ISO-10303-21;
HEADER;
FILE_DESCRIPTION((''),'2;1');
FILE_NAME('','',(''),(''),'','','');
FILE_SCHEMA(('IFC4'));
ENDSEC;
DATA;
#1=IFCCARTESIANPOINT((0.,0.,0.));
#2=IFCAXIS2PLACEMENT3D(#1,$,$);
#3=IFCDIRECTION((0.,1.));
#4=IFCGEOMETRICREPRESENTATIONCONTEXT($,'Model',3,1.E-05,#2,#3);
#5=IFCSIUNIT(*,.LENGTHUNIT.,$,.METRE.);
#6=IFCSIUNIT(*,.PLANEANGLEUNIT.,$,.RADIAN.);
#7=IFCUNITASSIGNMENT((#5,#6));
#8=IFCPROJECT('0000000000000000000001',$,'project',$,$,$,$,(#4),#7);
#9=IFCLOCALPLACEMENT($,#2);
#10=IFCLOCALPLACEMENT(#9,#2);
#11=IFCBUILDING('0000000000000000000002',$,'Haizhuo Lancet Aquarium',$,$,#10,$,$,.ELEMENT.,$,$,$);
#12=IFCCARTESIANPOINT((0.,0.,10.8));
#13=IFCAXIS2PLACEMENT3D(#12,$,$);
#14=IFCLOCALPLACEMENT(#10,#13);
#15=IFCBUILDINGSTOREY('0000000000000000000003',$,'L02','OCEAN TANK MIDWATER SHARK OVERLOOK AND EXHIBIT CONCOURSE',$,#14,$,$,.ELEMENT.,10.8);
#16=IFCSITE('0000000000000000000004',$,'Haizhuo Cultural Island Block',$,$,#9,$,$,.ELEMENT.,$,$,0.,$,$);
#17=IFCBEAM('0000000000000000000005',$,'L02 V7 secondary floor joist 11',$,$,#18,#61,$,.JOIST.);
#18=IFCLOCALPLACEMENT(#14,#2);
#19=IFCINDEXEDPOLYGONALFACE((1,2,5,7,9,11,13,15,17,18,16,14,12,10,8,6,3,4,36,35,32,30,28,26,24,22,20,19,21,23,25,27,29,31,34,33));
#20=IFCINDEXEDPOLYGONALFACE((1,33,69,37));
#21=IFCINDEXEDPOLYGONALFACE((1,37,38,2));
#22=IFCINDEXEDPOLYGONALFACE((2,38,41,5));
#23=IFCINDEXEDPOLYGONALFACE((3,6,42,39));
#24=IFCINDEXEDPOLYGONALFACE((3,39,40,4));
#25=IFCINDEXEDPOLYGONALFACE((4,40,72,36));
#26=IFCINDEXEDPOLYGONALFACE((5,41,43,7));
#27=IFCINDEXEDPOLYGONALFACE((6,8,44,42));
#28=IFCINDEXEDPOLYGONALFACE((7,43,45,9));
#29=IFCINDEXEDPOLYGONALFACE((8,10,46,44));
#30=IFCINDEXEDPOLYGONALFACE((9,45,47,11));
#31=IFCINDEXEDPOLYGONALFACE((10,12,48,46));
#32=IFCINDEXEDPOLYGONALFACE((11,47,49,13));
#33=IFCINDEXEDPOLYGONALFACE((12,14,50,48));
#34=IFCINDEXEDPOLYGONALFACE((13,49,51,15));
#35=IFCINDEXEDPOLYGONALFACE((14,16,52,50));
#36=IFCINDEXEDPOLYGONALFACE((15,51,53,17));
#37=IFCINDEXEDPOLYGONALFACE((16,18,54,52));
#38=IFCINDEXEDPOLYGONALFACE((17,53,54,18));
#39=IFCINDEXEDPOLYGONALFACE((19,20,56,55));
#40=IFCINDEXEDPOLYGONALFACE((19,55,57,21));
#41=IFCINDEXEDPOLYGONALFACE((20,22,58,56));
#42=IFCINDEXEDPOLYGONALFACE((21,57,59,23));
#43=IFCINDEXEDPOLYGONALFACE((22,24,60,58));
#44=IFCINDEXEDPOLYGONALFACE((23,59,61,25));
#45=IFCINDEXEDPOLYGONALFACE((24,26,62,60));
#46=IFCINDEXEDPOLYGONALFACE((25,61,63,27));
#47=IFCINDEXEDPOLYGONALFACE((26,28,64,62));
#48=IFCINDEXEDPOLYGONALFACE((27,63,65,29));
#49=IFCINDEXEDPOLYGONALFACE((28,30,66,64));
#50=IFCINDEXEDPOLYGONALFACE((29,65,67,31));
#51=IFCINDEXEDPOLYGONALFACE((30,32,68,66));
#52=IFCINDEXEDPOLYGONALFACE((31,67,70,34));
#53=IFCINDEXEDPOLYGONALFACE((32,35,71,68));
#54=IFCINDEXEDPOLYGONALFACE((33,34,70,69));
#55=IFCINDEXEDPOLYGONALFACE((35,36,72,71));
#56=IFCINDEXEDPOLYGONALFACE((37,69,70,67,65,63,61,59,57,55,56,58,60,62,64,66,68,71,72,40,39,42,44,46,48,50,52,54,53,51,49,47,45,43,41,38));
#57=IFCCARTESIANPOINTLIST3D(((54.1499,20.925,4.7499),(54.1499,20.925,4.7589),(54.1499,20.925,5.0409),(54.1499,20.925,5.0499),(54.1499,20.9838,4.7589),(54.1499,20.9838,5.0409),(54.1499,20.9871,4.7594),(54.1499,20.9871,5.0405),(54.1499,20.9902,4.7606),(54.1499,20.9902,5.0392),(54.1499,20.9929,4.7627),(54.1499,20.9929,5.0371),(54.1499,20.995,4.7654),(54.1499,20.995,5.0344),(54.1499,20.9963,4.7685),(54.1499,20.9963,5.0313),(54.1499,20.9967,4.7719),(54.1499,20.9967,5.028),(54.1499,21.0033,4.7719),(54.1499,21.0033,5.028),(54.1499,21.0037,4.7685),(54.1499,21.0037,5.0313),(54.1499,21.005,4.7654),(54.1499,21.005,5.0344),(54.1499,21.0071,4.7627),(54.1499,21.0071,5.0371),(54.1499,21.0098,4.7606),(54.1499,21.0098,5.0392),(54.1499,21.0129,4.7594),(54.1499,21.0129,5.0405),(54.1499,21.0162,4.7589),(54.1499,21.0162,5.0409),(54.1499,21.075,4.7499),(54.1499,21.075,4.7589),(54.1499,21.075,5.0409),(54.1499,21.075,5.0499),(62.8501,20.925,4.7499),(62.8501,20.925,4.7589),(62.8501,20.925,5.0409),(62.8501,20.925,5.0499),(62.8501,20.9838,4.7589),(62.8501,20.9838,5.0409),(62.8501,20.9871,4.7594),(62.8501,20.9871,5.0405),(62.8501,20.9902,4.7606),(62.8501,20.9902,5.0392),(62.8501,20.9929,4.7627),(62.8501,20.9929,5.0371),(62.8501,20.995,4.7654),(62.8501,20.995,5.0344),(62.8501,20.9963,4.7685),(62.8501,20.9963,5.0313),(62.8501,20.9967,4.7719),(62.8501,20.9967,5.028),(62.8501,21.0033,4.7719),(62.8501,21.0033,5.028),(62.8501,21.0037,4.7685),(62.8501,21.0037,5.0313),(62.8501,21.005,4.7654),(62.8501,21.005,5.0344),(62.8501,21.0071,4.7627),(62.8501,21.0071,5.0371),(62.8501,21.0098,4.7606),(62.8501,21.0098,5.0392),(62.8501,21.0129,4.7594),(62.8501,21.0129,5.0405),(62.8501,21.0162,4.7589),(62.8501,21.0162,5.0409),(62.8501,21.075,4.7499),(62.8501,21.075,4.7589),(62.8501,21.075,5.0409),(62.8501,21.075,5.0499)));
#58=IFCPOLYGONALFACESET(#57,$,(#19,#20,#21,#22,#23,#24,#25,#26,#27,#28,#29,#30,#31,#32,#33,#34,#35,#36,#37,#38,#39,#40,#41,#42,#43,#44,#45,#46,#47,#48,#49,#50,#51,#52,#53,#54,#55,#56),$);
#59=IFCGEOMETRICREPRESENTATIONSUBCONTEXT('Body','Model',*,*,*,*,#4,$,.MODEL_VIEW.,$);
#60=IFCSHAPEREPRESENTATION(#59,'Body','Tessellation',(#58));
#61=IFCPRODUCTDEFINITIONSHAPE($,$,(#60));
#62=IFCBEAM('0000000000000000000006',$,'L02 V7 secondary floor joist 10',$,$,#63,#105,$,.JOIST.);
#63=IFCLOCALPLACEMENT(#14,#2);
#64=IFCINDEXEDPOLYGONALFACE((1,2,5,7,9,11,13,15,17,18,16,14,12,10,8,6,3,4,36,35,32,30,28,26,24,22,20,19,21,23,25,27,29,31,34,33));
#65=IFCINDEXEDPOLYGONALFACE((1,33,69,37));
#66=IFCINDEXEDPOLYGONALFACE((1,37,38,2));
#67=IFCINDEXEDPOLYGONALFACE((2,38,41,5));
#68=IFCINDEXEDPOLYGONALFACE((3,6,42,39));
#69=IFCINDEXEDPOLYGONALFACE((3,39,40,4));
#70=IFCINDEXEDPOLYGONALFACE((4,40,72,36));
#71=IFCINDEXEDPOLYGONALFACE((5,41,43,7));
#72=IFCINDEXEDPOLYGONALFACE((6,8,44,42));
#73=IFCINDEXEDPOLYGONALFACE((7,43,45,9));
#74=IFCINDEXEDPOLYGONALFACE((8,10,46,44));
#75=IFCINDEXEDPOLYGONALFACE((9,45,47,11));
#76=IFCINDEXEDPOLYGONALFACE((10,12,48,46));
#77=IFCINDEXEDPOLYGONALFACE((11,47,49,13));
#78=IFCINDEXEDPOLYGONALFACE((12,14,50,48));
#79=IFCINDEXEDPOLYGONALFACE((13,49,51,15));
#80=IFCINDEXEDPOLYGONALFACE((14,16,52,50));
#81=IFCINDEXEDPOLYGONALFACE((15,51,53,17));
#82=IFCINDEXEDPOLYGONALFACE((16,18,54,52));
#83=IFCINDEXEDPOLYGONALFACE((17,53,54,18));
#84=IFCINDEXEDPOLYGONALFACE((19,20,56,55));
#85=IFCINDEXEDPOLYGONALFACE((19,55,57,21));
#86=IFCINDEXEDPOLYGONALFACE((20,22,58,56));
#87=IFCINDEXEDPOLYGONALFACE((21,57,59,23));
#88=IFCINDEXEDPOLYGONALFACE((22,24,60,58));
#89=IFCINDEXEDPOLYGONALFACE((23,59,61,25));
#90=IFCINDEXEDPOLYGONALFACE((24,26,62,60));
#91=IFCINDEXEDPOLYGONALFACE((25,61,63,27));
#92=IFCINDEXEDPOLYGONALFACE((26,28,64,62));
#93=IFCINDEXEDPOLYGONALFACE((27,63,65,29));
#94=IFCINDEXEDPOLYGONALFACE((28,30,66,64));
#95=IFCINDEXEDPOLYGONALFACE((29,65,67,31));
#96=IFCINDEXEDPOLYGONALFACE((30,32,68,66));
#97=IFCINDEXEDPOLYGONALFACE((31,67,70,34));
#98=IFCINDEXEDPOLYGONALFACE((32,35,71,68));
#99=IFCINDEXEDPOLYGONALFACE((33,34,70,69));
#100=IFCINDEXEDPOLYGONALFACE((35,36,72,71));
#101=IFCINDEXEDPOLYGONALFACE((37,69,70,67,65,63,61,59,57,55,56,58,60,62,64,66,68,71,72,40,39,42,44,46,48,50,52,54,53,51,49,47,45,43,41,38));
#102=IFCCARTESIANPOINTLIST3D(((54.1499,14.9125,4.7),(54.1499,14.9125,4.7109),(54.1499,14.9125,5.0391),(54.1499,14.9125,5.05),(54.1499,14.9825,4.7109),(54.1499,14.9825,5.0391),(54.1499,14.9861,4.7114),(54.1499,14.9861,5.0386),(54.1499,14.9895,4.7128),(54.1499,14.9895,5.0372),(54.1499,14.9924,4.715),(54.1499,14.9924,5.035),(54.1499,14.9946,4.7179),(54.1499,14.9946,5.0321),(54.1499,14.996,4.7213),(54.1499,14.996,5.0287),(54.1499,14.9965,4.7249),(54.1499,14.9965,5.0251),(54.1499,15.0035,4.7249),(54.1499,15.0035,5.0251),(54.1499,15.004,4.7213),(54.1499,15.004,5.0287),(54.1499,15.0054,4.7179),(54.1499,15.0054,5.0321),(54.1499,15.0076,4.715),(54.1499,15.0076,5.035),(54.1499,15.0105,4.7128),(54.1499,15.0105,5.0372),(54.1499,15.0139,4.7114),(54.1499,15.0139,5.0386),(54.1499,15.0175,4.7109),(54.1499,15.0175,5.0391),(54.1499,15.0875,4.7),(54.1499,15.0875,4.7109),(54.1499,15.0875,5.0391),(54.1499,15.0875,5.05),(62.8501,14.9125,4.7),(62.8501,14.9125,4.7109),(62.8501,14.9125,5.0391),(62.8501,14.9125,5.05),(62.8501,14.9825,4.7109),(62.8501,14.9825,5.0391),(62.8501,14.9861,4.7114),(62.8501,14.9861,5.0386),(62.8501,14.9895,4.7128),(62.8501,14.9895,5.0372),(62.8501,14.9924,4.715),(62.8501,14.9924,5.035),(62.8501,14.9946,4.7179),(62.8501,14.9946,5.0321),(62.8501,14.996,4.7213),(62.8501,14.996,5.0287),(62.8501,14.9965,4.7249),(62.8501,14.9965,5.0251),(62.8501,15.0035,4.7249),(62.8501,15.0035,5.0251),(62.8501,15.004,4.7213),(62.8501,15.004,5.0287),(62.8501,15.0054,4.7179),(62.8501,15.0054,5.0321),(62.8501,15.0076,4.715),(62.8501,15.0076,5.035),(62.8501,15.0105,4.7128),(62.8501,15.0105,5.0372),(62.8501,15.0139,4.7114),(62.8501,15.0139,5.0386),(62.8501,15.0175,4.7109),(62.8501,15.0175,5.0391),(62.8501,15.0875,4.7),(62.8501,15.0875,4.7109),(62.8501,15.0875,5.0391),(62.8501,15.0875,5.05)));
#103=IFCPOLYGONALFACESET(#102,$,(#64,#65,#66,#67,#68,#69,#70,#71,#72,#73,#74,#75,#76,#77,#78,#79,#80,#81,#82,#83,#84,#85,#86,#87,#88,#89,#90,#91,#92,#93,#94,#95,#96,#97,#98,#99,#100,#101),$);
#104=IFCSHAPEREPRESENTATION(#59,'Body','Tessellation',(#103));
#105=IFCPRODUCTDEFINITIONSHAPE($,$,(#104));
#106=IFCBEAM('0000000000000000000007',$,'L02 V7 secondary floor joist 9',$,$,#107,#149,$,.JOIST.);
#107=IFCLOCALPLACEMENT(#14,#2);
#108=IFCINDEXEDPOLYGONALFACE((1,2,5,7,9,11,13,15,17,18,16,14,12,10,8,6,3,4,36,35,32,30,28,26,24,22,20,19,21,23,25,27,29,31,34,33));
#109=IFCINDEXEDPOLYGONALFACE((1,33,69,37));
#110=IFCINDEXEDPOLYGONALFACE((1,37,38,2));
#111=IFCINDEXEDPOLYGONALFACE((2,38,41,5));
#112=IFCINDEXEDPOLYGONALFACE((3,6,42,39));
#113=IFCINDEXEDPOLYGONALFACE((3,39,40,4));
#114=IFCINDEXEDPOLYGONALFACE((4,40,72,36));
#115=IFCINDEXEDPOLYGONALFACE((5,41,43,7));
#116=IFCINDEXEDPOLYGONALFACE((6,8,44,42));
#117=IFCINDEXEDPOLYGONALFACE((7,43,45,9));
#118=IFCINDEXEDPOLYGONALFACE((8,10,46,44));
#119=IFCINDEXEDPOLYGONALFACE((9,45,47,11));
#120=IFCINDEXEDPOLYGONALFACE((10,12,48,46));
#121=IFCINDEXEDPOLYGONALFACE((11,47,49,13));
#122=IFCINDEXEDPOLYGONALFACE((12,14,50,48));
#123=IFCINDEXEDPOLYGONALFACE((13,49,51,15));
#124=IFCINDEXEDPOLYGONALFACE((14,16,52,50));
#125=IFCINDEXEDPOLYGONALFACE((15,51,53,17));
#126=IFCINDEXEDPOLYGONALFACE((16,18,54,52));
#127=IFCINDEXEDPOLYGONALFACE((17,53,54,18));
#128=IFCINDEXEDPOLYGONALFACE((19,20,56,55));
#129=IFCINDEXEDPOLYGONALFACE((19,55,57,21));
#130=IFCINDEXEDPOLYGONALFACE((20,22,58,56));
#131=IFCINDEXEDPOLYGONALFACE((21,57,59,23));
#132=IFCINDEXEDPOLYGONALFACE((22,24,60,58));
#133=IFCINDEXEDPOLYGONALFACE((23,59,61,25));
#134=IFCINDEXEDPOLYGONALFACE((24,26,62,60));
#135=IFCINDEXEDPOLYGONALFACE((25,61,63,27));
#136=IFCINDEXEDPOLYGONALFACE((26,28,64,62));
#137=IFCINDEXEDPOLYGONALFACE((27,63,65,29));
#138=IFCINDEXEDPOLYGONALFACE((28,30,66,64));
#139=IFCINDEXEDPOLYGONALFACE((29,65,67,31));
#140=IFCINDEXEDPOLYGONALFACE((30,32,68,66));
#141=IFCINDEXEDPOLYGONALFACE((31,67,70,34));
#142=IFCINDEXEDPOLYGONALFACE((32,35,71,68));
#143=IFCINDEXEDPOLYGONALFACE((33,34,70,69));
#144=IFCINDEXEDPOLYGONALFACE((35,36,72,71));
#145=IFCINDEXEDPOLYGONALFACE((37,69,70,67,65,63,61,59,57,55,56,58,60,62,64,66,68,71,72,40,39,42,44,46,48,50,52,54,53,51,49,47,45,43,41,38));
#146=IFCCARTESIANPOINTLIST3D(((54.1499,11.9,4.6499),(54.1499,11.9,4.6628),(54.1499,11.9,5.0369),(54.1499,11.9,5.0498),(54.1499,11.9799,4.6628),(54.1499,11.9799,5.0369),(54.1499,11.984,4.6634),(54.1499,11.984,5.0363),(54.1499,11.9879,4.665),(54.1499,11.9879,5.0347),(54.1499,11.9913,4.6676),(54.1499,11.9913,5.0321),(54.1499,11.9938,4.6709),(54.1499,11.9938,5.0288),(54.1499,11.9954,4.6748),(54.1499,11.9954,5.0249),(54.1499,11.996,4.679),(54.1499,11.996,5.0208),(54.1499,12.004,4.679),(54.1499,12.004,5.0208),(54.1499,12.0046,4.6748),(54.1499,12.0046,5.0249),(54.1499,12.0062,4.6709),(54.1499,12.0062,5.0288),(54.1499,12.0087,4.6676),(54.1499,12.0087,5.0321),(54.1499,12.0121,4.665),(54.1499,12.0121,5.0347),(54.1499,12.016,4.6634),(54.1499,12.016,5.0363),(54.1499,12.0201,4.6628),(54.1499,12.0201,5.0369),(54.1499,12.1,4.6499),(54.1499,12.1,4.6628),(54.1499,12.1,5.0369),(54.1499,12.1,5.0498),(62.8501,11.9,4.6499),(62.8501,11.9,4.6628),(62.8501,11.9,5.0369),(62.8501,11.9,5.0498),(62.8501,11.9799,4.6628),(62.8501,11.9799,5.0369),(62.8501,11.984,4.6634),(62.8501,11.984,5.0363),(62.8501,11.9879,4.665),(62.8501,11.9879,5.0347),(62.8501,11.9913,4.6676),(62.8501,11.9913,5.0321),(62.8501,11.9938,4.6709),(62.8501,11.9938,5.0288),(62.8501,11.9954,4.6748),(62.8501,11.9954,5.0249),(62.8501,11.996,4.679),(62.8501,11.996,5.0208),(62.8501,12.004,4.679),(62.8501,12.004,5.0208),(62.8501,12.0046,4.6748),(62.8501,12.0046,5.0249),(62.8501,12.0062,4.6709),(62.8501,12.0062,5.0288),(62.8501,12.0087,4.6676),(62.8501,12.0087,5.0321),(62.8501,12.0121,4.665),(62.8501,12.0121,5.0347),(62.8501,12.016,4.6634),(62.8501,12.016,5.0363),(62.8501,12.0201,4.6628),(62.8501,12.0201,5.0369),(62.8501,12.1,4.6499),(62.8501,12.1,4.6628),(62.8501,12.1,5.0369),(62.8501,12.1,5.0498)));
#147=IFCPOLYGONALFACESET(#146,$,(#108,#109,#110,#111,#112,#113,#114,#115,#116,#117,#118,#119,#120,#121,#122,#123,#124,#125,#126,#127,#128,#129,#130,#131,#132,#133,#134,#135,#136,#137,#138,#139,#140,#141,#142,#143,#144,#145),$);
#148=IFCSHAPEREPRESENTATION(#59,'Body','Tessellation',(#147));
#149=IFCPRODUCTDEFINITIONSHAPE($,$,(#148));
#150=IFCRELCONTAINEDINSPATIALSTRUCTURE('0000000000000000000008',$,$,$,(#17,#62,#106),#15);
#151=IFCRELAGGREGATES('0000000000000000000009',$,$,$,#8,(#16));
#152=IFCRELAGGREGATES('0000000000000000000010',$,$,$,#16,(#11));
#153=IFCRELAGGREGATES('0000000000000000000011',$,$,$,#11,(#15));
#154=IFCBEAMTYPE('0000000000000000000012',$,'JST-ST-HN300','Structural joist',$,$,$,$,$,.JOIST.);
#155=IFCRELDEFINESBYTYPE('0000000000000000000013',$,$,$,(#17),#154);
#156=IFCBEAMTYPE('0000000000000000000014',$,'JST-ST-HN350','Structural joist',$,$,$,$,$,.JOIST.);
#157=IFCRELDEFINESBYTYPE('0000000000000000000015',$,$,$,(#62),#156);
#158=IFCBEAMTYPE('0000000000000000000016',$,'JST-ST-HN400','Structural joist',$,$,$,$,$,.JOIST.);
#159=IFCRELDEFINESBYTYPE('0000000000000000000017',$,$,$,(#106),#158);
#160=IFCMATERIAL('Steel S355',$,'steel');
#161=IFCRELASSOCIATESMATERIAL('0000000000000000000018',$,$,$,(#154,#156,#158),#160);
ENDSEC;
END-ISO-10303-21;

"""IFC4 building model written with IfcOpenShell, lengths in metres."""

from ifc_helpers import new_model, si_unit, direction, frame, origin, origin_2d, place, context, subcontext, project, spatial, i_section, extrude, material, material_profile, profile_set, type_object, element, save


model = new_model("IFC4")

# Units and contexts
model_context = context("Model", 3, precision=1e-05, world=origin(), true_north=direction((0.0, 1.0)))
body_context = subcontext(model_context, "Body", "Model", "MODEL_VIEW")
ifc_project = project(units=[si_unit("LENGTHUNIT", "METRE"), si_unit("PLANEANGLEUNIT", "RADIAN")], contexts=[model_context])

# Site, building, storey
site_placement = place(None, origin())
site = spatial("IfcSite", under=ifc_project, at=site_placement, Name="Haizhuo Cultural Island Block", CompositionType="ELEMENT", RefElevation=0.0)
building_placement = place(site_placement, origin())
building = spatial("IfcBuilding", under=site, at=building_placement, Name="Haizhuo Lancet Aquarium", CompositionType="ELEMENT")
storey_placement = place(building_placement, frame((0.0, 0.0, 10.8)))
storey = spatial("IfcBuildingStorey", under=building, at=storey_placement, Name="L02", Description="OCEAN TANK MIDWATER SHARK OVERLOOK AND EXHIBIT CONCOURSE", CompositionType="ELEMENT", Elevation=10.8)

# Shared definitions
ifc_material_1 = material(Name="Steel S355", Category="steel")

# Beams
ifc_material_profile_1 = material_profile(ifc_material_1, i_section(OverallWidth=0.1499, OverallDepth=0.3, WebThickness=0.0066, FlangeThickness=0.009, FilletRadius=0.0129, at=origin_2d()), Name="HN 300x150x6.5x9")
ifc_profile_set_1 = profile_set([ifc_material_profile_1], Name="Steel S355")
beam_type_1 = type_object("IfcBeamType", Name="JST-ST-HN300", Description="Structural joist", PredefinedType="JOIST", material=ifc_profile_set_1)
beam_1_placement = place(storey_placement, frame((54.1499, 21.0, 4.8999), z_axis=(1.0, 0.0, 0.0), x_axis=(0.0, 1.0, 0.0)))
element("IfcBeam", 1, at=beam_1_placement, inside=storey, type_object=beam_type_1, Name="L02 V7 secondary floor joist 11", PredefinedType="JOIST", context=body_context, shape_type="SweptSolid", body=[
    extrude(i_section(OverallWidth=0.1499, OverallDepth=0.3, WebThickness=0.0066, FlangeThickness=0.009, FilletRadius=0.0129, at=origin_2d()), origin(), (0.0, 0.0, 1.0), 8.7002),
])
ifc_material_profile_2 = material_profile(ifc_material_1, i_section(OverallWidth=0.175, OverallDepth=0.3501, WebThickness=0.0071, FlangeThickness=0.011, FilletRadius=0.0139, at=origin_2d()), Name="HN 350x175x7x11")
ifc_profile_set_2 = profile_set([ifc_material_profile_2], Name="Steel S355")
beam_type_2 = type_object("IfcBeamType", Name="JST-ST-HN350", Description="Structural joist", PredefinedType="JOIST", material=ifc_profile_set_2)
beam_2_placement = place(storey_placement, frame((54.1499, 15.0, 4.875), z_axis=(1.0, 0.0, 0.0), x_axis=(0.0, 1.0, 0.0)))
element("IfcBeam", 2, at=beam_2_placement, inside=storey, type_object=beam_type_2, Name="L02 V7 secondary floor joist 10", PredefinedType="JOIST", context=body_context, shape_type="SweptSolid", body=[
    extrude(i_section(OverallWidth=0.175, OverallDepth=0.3501, WebThickness=0.0071, FlangeThickness=0.011, FilletRadius=0.0139, at=origin_2d()), origin(), (0.0, 0.0, 1.0), 8.7002),
])
ifc_material_profile_3 = material_profile(ifc_material_1, i_section(OverallWidth=0.2, OverallDepth=0.3999, WebThickness=0.0081, FlangeThickness=0.0129, FilletRadius=0.0161, at=origin_2d()), Name="HN 400x200x8x13")
ifc_profile_set_3 = profile_set([ifc_material_profile_3], Name="Steel S355")
beam_type_3 = type_object("IfcBeamType", Name="JST-ST-HN400", Description="Structural joist", PredefinedType="JOIST", material=ifc_profile_set_3)
beam_3_placement = place(storey_placement, frame((54.1499, 12.0, 4.8499), z_axis=(1.0, 0.0, 0.0), x_axis=(0.0, 1.0, 0.0)))
element("IfcBeam", 3, at=beam_3_placement, inside=storey, type_object=beam_type_3, Name="L02 V7 secondary floor joist 9", PredefinedType="JOIST", context=body_context, shape_type="SweptSolid", body=[
    extrude(i_section(OverallWidth=0.2, OverallDepth=0.3999, WebThickness=0.0081, FlangeThickness=0.0129, FilletRadius=0.0161, at=origin_2d()), origin(), (0.0, 0.0, 1.0), 8.7002),
])

save(model, "model.ifc")
